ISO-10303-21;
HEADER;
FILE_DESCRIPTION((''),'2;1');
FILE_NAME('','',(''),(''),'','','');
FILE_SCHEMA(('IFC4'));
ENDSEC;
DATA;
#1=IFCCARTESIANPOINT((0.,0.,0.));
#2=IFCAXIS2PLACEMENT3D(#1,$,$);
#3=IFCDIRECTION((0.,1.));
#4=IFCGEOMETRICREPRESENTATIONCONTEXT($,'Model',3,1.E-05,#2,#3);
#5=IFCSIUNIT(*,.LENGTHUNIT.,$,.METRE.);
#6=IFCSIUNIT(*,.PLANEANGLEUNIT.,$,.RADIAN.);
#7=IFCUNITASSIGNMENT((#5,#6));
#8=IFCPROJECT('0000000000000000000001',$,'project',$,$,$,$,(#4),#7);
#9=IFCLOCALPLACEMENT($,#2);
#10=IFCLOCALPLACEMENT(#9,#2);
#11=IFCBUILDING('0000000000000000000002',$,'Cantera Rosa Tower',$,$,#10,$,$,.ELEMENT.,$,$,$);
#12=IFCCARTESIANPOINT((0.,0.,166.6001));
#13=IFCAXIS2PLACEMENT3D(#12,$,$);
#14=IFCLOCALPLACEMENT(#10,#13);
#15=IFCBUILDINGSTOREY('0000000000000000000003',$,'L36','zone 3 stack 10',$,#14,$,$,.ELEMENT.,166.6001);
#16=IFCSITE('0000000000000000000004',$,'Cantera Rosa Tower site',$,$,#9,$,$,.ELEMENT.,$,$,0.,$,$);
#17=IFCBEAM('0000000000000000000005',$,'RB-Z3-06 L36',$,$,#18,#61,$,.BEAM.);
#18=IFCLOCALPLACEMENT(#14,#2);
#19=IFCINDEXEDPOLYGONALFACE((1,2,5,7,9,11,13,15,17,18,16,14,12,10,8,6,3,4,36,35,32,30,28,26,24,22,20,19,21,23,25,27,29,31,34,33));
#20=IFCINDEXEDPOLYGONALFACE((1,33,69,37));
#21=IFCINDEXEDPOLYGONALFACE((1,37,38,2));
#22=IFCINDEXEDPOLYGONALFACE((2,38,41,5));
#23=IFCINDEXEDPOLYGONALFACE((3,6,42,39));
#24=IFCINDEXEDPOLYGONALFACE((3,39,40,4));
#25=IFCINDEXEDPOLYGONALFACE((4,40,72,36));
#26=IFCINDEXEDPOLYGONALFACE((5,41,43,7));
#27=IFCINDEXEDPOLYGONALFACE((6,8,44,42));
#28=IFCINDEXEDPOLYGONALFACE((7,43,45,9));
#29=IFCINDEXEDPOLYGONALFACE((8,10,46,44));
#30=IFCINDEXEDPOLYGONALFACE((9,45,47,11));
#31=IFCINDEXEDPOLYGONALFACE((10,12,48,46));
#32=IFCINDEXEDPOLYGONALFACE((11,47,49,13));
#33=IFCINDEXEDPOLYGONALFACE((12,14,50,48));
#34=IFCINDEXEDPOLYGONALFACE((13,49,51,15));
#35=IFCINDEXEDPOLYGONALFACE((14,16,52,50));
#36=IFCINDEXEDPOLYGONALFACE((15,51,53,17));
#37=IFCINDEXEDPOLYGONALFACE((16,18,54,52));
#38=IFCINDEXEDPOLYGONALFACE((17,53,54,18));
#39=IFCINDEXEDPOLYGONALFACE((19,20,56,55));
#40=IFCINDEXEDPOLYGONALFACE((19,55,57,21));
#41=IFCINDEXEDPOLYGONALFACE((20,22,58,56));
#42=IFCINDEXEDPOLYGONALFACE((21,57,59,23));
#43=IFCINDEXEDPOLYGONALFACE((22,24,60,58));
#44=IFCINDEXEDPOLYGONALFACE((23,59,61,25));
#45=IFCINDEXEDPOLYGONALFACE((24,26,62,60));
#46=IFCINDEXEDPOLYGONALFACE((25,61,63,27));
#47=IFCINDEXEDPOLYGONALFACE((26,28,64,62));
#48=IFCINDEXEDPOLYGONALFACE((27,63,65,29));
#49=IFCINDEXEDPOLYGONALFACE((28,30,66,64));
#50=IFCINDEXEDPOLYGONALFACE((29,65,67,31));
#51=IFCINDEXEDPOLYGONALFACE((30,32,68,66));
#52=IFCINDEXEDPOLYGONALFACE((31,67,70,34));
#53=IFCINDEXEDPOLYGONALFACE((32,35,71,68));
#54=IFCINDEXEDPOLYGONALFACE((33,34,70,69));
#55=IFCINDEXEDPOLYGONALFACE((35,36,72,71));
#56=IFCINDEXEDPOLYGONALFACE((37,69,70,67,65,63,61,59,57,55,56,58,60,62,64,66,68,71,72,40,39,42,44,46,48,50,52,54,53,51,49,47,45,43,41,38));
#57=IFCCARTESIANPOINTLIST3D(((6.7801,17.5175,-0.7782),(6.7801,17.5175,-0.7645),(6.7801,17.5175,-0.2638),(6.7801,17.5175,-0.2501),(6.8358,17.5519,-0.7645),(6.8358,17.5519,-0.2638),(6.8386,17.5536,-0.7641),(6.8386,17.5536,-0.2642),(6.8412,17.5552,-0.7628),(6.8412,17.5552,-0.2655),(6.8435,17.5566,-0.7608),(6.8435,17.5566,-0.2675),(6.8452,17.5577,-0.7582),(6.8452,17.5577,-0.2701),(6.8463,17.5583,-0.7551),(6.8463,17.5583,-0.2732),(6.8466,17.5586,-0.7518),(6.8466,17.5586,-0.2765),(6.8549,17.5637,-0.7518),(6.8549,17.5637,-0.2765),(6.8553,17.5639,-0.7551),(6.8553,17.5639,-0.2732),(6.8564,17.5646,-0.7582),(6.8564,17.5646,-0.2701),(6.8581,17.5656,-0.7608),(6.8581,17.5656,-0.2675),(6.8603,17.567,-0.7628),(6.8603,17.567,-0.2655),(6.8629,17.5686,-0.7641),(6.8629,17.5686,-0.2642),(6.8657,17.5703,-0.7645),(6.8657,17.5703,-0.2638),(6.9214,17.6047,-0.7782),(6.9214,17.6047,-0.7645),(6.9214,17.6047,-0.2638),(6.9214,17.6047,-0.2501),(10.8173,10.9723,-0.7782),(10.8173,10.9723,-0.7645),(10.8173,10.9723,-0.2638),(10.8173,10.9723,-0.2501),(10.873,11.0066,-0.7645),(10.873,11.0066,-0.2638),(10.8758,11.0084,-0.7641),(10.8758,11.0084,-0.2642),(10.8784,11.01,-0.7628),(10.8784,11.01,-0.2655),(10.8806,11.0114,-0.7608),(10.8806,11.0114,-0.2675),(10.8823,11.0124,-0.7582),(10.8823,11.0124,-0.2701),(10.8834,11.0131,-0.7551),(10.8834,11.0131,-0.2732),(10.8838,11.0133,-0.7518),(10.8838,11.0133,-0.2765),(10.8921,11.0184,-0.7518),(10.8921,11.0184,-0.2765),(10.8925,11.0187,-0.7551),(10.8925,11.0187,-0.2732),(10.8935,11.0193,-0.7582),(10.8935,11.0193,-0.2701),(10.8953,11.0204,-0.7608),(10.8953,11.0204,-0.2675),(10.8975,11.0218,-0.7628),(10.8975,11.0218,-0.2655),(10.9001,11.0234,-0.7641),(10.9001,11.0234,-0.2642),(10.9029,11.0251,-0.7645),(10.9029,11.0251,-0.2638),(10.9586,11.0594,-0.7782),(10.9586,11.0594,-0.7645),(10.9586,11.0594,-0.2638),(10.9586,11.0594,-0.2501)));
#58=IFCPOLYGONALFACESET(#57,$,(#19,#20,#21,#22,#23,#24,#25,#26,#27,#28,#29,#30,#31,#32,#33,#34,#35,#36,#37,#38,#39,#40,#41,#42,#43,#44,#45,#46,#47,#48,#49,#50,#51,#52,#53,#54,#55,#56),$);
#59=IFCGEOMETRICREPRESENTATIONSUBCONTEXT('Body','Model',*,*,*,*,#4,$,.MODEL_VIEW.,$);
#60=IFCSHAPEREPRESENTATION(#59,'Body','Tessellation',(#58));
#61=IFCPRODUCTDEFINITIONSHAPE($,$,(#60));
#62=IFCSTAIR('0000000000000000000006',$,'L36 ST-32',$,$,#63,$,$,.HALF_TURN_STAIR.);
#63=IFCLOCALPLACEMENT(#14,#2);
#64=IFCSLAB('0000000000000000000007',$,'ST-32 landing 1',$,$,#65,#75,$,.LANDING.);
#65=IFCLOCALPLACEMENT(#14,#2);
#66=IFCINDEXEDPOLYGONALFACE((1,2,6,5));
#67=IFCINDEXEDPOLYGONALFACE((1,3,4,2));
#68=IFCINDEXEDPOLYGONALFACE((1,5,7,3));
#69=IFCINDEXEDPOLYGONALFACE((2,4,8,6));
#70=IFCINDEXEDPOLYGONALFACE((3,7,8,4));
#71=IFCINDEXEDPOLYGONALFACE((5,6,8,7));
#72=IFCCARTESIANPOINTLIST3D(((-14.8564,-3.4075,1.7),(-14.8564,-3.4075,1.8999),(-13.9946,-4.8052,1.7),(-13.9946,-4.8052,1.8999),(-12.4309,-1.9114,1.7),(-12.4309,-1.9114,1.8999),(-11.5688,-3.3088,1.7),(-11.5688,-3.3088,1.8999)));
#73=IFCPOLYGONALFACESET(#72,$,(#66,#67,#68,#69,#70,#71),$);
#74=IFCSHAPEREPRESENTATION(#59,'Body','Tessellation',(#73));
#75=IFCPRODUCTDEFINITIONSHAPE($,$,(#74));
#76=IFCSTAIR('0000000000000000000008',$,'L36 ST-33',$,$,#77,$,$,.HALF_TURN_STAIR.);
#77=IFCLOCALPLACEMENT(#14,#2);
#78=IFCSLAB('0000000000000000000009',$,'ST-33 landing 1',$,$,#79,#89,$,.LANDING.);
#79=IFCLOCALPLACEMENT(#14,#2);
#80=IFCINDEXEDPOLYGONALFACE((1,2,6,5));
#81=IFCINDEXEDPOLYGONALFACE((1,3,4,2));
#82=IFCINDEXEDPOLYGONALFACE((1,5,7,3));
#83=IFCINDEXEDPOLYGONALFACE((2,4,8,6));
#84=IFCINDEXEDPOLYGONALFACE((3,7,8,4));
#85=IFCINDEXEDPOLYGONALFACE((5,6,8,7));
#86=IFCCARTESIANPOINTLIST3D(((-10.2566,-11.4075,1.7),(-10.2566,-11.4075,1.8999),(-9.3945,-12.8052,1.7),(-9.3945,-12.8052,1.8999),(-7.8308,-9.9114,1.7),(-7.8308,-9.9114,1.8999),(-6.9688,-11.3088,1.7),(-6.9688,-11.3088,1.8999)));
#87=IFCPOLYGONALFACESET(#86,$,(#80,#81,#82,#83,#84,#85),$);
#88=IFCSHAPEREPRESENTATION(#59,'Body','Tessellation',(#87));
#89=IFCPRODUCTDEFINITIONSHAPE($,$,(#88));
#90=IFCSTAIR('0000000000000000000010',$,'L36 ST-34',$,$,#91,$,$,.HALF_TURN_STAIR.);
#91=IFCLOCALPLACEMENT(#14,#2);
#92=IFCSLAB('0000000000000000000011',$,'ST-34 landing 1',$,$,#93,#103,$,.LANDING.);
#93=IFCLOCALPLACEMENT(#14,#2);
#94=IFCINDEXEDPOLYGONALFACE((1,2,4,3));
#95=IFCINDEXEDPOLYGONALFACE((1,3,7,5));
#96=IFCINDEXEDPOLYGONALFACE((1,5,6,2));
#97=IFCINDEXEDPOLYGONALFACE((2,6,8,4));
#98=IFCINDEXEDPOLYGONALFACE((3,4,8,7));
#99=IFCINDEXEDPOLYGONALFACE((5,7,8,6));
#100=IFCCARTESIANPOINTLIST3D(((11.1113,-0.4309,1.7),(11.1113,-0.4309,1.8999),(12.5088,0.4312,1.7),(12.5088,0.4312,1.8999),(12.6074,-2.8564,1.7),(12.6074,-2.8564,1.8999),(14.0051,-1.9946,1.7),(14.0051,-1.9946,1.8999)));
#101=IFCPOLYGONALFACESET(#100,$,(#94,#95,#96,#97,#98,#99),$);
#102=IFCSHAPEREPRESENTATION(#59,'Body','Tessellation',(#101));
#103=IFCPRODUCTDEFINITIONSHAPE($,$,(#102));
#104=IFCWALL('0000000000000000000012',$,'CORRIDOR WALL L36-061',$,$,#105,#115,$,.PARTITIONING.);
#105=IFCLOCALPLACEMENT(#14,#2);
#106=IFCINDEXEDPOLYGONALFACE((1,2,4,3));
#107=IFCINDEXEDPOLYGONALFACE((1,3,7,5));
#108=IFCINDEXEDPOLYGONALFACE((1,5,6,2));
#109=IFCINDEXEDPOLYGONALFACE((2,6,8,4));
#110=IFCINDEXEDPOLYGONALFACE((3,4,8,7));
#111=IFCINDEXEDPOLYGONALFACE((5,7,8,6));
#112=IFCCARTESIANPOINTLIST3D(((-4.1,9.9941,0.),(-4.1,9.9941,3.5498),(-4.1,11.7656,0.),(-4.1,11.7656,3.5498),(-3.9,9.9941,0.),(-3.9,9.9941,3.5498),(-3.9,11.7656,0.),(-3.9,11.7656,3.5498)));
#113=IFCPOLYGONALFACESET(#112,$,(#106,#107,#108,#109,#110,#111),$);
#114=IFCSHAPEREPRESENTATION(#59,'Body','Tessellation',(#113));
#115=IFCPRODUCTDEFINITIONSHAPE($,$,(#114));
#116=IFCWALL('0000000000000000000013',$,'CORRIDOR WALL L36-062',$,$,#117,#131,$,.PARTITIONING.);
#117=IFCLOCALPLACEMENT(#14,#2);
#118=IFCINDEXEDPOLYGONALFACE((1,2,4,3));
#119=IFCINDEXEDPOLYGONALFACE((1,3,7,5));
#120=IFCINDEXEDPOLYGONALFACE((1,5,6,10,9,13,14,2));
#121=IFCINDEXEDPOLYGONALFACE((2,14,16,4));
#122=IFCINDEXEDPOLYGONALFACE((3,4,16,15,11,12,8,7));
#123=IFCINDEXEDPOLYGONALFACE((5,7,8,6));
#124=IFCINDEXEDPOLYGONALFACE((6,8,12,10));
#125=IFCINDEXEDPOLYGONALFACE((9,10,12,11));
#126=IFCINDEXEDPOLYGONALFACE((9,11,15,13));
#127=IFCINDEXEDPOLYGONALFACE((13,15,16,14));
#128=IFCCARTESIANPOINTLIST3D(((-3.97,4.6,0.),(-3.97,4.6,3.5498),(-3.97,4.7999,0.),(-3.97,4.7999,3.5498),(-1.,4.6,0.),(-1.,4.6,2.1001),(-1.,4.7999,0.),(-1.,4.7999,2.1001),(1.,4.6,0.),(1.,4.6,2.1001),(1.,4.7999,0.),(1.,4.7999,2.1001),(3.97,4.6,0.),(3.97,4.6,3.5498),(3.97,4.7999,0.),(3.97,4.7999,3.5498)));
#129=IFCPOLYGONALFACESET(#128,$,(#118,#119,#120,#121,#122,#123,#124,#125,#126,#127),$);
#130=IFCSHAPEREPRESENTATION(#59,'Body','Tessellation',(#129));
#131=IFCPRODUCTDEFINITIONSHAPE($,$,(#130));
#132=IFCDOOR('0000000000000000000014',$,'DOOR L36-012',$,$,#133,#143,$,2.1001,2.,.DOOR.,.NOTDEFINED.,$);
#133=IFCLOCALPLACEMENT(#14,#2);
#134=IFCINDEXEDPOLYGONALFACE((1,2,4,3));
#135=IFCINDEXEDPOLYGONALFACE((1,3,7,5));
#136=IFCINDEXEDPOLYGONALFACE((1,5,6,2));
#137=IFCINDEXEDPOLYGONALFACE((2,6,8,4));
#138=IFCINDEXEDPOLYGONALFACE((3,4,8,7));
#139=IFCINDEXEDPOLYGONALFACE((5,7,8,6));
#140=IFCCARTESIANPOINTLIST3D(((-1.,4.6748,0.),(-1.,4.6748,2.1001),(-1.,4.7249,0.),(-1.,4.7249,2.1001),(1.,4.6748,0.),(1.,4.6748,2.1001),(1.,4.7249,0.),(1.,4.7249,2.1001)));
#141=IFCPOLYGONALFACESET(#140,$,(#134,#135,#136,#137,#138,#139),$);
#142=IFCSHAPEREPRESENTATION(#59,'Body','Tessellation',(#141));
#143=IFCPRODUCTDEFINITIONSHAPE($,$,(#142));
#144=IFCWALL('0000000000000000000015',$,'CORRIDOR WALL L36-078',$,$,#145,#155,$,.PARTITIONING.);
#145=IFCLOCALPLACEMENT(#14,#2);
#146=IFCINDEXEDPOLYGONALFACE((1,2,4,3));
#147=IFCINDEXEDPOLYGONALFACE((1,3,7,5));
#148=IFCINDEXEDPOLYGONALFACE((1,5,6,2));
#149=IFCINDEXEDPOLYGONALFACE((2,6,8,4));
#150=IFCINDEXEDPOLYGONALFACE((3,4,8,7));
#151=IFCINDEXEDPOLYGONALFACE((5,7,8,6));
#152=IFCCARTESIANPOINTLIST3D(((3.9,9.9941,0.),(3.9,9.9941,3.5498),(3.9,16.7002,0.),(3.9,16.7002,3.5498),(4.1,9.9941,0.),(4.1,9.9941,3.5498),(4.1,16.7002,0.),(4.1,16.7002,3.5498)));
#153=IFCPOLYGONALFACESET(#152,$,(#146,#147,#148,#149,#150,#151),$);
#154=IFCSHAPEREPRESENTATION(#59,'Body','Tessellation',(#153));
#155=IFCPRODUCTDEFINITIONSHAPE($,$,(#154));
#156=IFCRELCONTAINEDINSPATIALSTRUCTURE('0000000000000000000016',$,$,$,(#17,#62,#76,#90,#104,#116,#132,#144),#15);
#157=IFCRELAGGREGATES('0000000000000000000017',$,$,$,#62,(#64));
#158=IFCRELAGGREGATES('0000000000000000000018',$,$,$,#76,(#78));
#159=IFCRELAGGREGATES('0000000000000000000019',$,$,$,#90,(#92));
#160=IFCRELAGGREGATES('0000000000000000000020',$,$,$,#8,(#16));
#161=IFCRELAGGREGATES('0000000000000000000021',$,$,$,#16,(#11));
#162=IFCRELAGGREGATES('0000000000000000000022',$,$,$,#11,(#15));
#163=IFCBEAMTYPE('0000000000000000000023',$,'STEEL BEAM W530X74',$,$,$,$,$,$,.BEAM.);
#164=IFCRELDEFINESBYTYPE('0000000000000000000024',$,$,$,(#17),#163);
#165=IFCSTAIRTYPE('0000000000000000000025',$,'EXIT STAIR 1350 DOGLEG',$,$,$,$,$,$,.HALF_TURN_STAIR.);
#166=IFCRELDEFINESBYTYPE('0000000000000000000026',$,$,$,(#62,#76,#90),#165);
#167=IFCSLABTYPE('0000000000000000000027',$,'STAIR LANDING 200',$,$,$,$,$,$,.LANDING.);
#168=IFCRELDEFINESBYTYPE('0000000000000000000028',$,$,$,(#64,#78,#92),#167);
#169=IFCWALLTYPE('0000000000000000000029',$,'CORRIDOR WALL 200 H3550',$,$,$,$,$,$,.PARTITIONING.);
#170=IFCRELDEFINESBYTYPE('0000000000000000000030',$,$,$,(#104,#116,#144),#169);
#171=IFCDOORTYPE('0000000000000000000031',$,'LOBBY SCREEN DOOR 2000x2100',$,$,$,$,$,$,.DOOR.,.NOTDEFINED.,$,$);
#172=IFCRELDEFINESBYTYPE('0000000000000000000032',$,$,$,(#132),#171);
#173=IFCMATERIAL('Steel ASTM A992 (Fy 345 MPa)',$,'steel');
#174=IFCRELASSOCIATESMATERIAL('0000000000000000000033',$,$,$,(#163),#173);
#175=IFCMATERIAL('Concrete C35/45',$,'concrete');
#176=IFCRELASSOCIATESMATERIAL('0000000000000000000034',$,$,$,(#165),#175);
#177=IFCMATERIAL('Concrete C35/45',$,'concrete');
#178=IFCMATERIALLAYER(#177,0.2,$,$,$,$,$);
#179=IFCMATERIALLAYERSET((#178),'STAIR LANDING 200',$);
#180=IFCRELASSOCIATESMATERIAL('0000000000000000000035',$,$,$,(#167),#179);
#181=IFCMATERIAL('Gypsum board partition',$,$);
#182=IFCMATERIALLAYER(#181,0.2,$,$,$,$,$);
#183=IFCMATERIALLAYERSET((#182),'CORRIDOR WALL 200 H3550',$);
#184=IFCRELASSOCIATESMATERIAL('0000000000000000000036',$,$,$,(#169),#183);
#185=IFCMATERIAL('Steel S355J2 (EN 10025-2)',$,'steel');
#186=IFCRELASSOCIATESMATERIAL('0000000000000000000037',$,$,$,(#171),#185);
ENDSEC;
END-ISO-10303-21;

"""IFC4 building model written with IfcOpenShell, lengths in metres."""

from ifc_helpers import new_model, si_unit, direction, frame, frame_2d, origin, origin_2d, place, context, subcontext, project, spatial, polyline, rectangle, i_section, outline, extrude, material, layer, layer_set, material_profile, profile_set, type_object, element, fill, aggregate, save


model = new_model("IFC4")

# Units and contexts
model_context = context("Model", 3, precision=1e-05, world=origin(), true_north=direction((0.0, 1.0)))
body_context = subcontext(model_context, "Body", "Model", "MODEL_VIEW")
ifc_project = project(units=[si_unit("LENGTHUNIT", "METRE"), si_unit("PLANEANGLEUNIT", "RADIAN")], contexts=[model_context])

# Site, building, storey
site_placement = place(None, origin())
site = spatial("IfcSite", under=ifc_project, at=site_placement, Name="Cantera Rosa Tower site", CompositionType="ELEMENT", RefElevation=0.0)
building_placement = place(site_placement, origin())
building = spatial("IfcBuilding", under=site, at=building_placement, Name="Cantera Rosa Tower", CompositionType="ELEMENT")
storey_placement = place(building_placement, frame((0.0, 0.0, 166.6001)))
storey = spatial("IfcBuildingStorey", under=building, at=storey_placement, Name="L36", Description="zone 3 stack 10", CompositionType="ELEMENT", Elevation=166.6001)

# Beam
ifc_material_1 = material(Name="Steel ASTM A992 (Fy 345 MPa)", Category="steel")
ifc_material_profile = material_profile(ifc_material_1, i_section(OverallWidth=0.166, OverallDepth=0.5281, WebThickness=0.0098, FlangeThickness=0.0137, FilletRadius=0.0127, at=origin_2d()), Name="W530X74")
ifc_profile_set = profile_set([ifc_material_profile], Name="Steel ASTM A992 (Fy 345 MPa)")
beam_type = type_object("IfcBeamType", Name="STEEL BEAM W530X74", PredefinedType="BEAM", material=ifc_profile_set)
beam_placement = place(storey_placement, frame((10.8879, 11.0159, -0.5142), z_axis=(-0.524976, 0.851117, 0.0), x_axis=(-0.851117, -0.524976, 0.0)))
element("IfcBeam", 1, at=beam_placement, inside=storey, type_object=beam_type, Name="RB-Z3-06 L36", PredefinedType="BEAM", context=body_context, shape_type="SweptSolid", body=[
    extrude(i_section(OverallWidth=0.166, OverallDepth=0.5281, WebThickness=0.0098, FlangeThickness=0.0137, FilletRadius=0.0127, at=origin_2d()), origin(), (0.0, 0.0, 1.0), 7.6902),
])

# Stairs, slabs
ifc_material_2 = material(Name="Concrete C35/45", Category="concrete")
stair_type = type_object("IfcStairType", Name="EXIT STAIR 1350 DOGLEG", PredefinedType="HALF_TURN_STAIR", material=ifc_material_2)
stair_1_placement = place(storey_placement, origin())
stair_1 = element("IfcStair", 2, at=stair_1_placement, inside=storey, type_object=stair_type, Name="L36 ST-32", PredefinedType="HALF_TURN_STAIR")
ifc_material_3 = material(Name="Concrete C35/45", Category="concrete")
ifc_layer_1 = layer(ifc_material_3, 0.2)
ifc_layer_set_1 = layer_set([ifc_layer_1], Name="STAIR LANDING 200")
slab_type = type_object("IfcSlabType", Name="STAIR LANDING 200", PredefinedType="LANDING", material=ifc_layer_set_1)
slab_1_placement = place(storey_placement, frame((0.0, 0.0, 1.7)))
slab_1 = element("IfcSlab", 3, at=slab_1_placement, type_object=slab_type, Name="ST-32 landing 1", PredefinedType="LANDING", context=body_context, shape_type="SweptSolid", body=[
    extrude(outline(polyline([(-11.5688, -3.3088), (-12.4309, -1.9114), (-14.8564, -3.4075), (-13.9946, -4.8052), (-11.5688, -3.3088)])), origin(), (0.0, 0.0, 1.0), 0.2),
])
aggregate(stair_1, [slab_1])
stair_2_placement = place(storey_placement, origin())
stair_2 = element("IfcStair", 4, at=stair_2_placement, inside=storey, type_object=stair_type, Name="L36 ST-33", PredefinedType="HALF_TURN_STAIR")
slab_2_placement = place(storey_placement, frame((0.0, 0.0, 1.7)))
slab_2 = element("IfcSlab", 5, at=slab_2_placement, type_object=slab_type, Name="ST-33 landing 1", PredefinedType="LANDING", context=body_context, shape_type="SweptSolid", body=[
    extrude(outline(polyline([(-6.9688, -11.3088), (-7.8308, -9.9114), (-10.2566, -11.4075), (-9.3945, -12.8052), (-6.9688, -11.3088)])), origin(), (0.0, 0.0, 1.0), 0.2),
])
aggregate(stair_2, [slab_2])
stair_3_placement = place(storey_placement, origin())
stair_3 = element("IfcStair", 6, at=stair_3_placement, inside=storey, type_object=stair_type, Name="L36 ST-34", PredefinedType="HALF_TURN_STAIR")
slab_3_placement = place(storey_placement, frame((0.0, 0.0, 1.7)))
slab_3 = element("IfcSlab", 7, at=slab_3_placement, type_object=slab_type, Name="ST-34 landing 1", PredefinedType="LANDING", context=body_context, shape_type="SweptSolid", body=[
    extrude(outline(polyline([(12.5088, 0.4312), (11.1113, -0.4309), (12.6074, -2.8564), (14.0051, -1.9946), (12.5088, 0.4312)])), origin(), (0.0, 0.0, 1.0), 0.2),
])
aggregate(stair_3, [slab_3])

# Wall
ifc_material_4 = material(Name="Gypsum board partition")
ifc_layer_2 = layer(ifc_material_4, 0.2)
ifc_layer_set_2 = layer_set([ifc_layer_2], Name="CORRIDOR WALL 200 H3550")
wall_type_1 = type_object("IfcWallType", Name="CORRIDOR WALL 200 H3550", PredefinedType="PARTITIONING", material=ifc_layer_set_2)
wall_1_placement = place(storey_placement, frame((-4.0, 11.7656, 0.0), z_axis=(0.0, 0.0, 1.0), x_axis=(0.0, -1.0, 0.0)))
element("IfcWall", 8, at=wall_1_placement, inside=storey, type_object=wall_type_1, Name="CORRIDOR WALL L36-061", PredefinedType="PARTITIONING", context=body_context, shape_type="SweptSolid", body=[
    extrude(rectangle(XDim=1.7715, YDim=0.2, at=frame_2d((0.8857, 0.0))), origin(), (0.0, 0.0, 1.0), 3.5498),
])

# Wall, opening, door
wall_2_placement = place(storey_placement, frame((-3.97, 4.7, 0.0), z_axis=(0.0, 0.0, 1.0), x_axis=(1.0, 0.0, 0.0)))
wall_2 = element("IfcWall", 9, at=wall_2_placement, inside=storey, type_object=wall_type_1, Name="CORRIDOR WALL L36-062", PredefinedType="PARTITIONING", context=body_context, shape_type="SweptSolid", body=[
    extrude(rectangle(XDim=7.9399, YDim=0.2, at=frame_2d((3.97, 0.0))), origin(), (0.0, 0.0, 1.0), 3.5498),
])
opening_1_placement = place(wall_2_placement, frame((2.97, 0.0, 0.0)))
opening_1 = element("IfcOpeningElement", 10, at=opening_1_placement, cuts=wall_2, PredefinedType="OPENING", context=body_context, shape_type="SweptSolid", body=[
    extrude(rectangle(XDim=2.0, YDim=2.1001, at=frame_2d((1.0, 1.05))), frame((0.0, 0.1099, 0.0), z_axis=(0.0, -1.0, 0.0), x_axis=(1.0, 0.0, 0.0)), (0.0, 0.0, 1.0), 0.22),
])
ifc_material_5 = material(Name="Steel S355J2 (EN 10025-2)", Category="steel")
door_type_1 = type_object("IfcDoorType", Name="LOBBY SCREEN DOOR 2000x2100", OperationType="NOTDEFINED", PredefinedType="DOOR", material=ifc_material_5)
door_1_placement = place(opening_1_placement, origin())
door_1 = element("IfcDoor", 11, at=door_1_placement, inside=storey, type_object=door_type_1, Name="DOOR L36-012", OperationType="NOTDEFINED", OverallHeight=2.1001, OverallWidth=2.0, PredefinedType="DOOR", context=body_context, shape_type="SweptSolid", body=[
    extrude(rectangle(XDim=2.0, YDim=2.1001, at=frame_2d((1.0, 1.05))), frame((0.0, 0.0249, 0.0), z_axis=(0.0, -1.0, 0.0), x_axis=(1.0, 0.0, 0.0)), (0.0, 0.0, 1.0), 0.05),
])
fill(opening_1, door_1)

# Wall
wall_3_placement = place(storey_placement, frame((4.0, 9.9941, 0.0), z_axis=(0.0, 0.0, 1.0), x_axis=(0.0, 1.0, 0.0)))
element("IfcWall", 12, at=wall_3_placement, inside=storey, type_object=wall_type_1, Name="CORRIDOR WALL L36-078", PredefinedType="PARTITIONING", context=body_context, shape_type="SweptSolid", body=[
    extrude(rectangle(XDim=6.7061, YDim=0.2, at=frame_2d((3.353, 0.0))), origin(), (0.0, 0.0, 1.0), 3.5498),
])

save(model, "model.ifc")
